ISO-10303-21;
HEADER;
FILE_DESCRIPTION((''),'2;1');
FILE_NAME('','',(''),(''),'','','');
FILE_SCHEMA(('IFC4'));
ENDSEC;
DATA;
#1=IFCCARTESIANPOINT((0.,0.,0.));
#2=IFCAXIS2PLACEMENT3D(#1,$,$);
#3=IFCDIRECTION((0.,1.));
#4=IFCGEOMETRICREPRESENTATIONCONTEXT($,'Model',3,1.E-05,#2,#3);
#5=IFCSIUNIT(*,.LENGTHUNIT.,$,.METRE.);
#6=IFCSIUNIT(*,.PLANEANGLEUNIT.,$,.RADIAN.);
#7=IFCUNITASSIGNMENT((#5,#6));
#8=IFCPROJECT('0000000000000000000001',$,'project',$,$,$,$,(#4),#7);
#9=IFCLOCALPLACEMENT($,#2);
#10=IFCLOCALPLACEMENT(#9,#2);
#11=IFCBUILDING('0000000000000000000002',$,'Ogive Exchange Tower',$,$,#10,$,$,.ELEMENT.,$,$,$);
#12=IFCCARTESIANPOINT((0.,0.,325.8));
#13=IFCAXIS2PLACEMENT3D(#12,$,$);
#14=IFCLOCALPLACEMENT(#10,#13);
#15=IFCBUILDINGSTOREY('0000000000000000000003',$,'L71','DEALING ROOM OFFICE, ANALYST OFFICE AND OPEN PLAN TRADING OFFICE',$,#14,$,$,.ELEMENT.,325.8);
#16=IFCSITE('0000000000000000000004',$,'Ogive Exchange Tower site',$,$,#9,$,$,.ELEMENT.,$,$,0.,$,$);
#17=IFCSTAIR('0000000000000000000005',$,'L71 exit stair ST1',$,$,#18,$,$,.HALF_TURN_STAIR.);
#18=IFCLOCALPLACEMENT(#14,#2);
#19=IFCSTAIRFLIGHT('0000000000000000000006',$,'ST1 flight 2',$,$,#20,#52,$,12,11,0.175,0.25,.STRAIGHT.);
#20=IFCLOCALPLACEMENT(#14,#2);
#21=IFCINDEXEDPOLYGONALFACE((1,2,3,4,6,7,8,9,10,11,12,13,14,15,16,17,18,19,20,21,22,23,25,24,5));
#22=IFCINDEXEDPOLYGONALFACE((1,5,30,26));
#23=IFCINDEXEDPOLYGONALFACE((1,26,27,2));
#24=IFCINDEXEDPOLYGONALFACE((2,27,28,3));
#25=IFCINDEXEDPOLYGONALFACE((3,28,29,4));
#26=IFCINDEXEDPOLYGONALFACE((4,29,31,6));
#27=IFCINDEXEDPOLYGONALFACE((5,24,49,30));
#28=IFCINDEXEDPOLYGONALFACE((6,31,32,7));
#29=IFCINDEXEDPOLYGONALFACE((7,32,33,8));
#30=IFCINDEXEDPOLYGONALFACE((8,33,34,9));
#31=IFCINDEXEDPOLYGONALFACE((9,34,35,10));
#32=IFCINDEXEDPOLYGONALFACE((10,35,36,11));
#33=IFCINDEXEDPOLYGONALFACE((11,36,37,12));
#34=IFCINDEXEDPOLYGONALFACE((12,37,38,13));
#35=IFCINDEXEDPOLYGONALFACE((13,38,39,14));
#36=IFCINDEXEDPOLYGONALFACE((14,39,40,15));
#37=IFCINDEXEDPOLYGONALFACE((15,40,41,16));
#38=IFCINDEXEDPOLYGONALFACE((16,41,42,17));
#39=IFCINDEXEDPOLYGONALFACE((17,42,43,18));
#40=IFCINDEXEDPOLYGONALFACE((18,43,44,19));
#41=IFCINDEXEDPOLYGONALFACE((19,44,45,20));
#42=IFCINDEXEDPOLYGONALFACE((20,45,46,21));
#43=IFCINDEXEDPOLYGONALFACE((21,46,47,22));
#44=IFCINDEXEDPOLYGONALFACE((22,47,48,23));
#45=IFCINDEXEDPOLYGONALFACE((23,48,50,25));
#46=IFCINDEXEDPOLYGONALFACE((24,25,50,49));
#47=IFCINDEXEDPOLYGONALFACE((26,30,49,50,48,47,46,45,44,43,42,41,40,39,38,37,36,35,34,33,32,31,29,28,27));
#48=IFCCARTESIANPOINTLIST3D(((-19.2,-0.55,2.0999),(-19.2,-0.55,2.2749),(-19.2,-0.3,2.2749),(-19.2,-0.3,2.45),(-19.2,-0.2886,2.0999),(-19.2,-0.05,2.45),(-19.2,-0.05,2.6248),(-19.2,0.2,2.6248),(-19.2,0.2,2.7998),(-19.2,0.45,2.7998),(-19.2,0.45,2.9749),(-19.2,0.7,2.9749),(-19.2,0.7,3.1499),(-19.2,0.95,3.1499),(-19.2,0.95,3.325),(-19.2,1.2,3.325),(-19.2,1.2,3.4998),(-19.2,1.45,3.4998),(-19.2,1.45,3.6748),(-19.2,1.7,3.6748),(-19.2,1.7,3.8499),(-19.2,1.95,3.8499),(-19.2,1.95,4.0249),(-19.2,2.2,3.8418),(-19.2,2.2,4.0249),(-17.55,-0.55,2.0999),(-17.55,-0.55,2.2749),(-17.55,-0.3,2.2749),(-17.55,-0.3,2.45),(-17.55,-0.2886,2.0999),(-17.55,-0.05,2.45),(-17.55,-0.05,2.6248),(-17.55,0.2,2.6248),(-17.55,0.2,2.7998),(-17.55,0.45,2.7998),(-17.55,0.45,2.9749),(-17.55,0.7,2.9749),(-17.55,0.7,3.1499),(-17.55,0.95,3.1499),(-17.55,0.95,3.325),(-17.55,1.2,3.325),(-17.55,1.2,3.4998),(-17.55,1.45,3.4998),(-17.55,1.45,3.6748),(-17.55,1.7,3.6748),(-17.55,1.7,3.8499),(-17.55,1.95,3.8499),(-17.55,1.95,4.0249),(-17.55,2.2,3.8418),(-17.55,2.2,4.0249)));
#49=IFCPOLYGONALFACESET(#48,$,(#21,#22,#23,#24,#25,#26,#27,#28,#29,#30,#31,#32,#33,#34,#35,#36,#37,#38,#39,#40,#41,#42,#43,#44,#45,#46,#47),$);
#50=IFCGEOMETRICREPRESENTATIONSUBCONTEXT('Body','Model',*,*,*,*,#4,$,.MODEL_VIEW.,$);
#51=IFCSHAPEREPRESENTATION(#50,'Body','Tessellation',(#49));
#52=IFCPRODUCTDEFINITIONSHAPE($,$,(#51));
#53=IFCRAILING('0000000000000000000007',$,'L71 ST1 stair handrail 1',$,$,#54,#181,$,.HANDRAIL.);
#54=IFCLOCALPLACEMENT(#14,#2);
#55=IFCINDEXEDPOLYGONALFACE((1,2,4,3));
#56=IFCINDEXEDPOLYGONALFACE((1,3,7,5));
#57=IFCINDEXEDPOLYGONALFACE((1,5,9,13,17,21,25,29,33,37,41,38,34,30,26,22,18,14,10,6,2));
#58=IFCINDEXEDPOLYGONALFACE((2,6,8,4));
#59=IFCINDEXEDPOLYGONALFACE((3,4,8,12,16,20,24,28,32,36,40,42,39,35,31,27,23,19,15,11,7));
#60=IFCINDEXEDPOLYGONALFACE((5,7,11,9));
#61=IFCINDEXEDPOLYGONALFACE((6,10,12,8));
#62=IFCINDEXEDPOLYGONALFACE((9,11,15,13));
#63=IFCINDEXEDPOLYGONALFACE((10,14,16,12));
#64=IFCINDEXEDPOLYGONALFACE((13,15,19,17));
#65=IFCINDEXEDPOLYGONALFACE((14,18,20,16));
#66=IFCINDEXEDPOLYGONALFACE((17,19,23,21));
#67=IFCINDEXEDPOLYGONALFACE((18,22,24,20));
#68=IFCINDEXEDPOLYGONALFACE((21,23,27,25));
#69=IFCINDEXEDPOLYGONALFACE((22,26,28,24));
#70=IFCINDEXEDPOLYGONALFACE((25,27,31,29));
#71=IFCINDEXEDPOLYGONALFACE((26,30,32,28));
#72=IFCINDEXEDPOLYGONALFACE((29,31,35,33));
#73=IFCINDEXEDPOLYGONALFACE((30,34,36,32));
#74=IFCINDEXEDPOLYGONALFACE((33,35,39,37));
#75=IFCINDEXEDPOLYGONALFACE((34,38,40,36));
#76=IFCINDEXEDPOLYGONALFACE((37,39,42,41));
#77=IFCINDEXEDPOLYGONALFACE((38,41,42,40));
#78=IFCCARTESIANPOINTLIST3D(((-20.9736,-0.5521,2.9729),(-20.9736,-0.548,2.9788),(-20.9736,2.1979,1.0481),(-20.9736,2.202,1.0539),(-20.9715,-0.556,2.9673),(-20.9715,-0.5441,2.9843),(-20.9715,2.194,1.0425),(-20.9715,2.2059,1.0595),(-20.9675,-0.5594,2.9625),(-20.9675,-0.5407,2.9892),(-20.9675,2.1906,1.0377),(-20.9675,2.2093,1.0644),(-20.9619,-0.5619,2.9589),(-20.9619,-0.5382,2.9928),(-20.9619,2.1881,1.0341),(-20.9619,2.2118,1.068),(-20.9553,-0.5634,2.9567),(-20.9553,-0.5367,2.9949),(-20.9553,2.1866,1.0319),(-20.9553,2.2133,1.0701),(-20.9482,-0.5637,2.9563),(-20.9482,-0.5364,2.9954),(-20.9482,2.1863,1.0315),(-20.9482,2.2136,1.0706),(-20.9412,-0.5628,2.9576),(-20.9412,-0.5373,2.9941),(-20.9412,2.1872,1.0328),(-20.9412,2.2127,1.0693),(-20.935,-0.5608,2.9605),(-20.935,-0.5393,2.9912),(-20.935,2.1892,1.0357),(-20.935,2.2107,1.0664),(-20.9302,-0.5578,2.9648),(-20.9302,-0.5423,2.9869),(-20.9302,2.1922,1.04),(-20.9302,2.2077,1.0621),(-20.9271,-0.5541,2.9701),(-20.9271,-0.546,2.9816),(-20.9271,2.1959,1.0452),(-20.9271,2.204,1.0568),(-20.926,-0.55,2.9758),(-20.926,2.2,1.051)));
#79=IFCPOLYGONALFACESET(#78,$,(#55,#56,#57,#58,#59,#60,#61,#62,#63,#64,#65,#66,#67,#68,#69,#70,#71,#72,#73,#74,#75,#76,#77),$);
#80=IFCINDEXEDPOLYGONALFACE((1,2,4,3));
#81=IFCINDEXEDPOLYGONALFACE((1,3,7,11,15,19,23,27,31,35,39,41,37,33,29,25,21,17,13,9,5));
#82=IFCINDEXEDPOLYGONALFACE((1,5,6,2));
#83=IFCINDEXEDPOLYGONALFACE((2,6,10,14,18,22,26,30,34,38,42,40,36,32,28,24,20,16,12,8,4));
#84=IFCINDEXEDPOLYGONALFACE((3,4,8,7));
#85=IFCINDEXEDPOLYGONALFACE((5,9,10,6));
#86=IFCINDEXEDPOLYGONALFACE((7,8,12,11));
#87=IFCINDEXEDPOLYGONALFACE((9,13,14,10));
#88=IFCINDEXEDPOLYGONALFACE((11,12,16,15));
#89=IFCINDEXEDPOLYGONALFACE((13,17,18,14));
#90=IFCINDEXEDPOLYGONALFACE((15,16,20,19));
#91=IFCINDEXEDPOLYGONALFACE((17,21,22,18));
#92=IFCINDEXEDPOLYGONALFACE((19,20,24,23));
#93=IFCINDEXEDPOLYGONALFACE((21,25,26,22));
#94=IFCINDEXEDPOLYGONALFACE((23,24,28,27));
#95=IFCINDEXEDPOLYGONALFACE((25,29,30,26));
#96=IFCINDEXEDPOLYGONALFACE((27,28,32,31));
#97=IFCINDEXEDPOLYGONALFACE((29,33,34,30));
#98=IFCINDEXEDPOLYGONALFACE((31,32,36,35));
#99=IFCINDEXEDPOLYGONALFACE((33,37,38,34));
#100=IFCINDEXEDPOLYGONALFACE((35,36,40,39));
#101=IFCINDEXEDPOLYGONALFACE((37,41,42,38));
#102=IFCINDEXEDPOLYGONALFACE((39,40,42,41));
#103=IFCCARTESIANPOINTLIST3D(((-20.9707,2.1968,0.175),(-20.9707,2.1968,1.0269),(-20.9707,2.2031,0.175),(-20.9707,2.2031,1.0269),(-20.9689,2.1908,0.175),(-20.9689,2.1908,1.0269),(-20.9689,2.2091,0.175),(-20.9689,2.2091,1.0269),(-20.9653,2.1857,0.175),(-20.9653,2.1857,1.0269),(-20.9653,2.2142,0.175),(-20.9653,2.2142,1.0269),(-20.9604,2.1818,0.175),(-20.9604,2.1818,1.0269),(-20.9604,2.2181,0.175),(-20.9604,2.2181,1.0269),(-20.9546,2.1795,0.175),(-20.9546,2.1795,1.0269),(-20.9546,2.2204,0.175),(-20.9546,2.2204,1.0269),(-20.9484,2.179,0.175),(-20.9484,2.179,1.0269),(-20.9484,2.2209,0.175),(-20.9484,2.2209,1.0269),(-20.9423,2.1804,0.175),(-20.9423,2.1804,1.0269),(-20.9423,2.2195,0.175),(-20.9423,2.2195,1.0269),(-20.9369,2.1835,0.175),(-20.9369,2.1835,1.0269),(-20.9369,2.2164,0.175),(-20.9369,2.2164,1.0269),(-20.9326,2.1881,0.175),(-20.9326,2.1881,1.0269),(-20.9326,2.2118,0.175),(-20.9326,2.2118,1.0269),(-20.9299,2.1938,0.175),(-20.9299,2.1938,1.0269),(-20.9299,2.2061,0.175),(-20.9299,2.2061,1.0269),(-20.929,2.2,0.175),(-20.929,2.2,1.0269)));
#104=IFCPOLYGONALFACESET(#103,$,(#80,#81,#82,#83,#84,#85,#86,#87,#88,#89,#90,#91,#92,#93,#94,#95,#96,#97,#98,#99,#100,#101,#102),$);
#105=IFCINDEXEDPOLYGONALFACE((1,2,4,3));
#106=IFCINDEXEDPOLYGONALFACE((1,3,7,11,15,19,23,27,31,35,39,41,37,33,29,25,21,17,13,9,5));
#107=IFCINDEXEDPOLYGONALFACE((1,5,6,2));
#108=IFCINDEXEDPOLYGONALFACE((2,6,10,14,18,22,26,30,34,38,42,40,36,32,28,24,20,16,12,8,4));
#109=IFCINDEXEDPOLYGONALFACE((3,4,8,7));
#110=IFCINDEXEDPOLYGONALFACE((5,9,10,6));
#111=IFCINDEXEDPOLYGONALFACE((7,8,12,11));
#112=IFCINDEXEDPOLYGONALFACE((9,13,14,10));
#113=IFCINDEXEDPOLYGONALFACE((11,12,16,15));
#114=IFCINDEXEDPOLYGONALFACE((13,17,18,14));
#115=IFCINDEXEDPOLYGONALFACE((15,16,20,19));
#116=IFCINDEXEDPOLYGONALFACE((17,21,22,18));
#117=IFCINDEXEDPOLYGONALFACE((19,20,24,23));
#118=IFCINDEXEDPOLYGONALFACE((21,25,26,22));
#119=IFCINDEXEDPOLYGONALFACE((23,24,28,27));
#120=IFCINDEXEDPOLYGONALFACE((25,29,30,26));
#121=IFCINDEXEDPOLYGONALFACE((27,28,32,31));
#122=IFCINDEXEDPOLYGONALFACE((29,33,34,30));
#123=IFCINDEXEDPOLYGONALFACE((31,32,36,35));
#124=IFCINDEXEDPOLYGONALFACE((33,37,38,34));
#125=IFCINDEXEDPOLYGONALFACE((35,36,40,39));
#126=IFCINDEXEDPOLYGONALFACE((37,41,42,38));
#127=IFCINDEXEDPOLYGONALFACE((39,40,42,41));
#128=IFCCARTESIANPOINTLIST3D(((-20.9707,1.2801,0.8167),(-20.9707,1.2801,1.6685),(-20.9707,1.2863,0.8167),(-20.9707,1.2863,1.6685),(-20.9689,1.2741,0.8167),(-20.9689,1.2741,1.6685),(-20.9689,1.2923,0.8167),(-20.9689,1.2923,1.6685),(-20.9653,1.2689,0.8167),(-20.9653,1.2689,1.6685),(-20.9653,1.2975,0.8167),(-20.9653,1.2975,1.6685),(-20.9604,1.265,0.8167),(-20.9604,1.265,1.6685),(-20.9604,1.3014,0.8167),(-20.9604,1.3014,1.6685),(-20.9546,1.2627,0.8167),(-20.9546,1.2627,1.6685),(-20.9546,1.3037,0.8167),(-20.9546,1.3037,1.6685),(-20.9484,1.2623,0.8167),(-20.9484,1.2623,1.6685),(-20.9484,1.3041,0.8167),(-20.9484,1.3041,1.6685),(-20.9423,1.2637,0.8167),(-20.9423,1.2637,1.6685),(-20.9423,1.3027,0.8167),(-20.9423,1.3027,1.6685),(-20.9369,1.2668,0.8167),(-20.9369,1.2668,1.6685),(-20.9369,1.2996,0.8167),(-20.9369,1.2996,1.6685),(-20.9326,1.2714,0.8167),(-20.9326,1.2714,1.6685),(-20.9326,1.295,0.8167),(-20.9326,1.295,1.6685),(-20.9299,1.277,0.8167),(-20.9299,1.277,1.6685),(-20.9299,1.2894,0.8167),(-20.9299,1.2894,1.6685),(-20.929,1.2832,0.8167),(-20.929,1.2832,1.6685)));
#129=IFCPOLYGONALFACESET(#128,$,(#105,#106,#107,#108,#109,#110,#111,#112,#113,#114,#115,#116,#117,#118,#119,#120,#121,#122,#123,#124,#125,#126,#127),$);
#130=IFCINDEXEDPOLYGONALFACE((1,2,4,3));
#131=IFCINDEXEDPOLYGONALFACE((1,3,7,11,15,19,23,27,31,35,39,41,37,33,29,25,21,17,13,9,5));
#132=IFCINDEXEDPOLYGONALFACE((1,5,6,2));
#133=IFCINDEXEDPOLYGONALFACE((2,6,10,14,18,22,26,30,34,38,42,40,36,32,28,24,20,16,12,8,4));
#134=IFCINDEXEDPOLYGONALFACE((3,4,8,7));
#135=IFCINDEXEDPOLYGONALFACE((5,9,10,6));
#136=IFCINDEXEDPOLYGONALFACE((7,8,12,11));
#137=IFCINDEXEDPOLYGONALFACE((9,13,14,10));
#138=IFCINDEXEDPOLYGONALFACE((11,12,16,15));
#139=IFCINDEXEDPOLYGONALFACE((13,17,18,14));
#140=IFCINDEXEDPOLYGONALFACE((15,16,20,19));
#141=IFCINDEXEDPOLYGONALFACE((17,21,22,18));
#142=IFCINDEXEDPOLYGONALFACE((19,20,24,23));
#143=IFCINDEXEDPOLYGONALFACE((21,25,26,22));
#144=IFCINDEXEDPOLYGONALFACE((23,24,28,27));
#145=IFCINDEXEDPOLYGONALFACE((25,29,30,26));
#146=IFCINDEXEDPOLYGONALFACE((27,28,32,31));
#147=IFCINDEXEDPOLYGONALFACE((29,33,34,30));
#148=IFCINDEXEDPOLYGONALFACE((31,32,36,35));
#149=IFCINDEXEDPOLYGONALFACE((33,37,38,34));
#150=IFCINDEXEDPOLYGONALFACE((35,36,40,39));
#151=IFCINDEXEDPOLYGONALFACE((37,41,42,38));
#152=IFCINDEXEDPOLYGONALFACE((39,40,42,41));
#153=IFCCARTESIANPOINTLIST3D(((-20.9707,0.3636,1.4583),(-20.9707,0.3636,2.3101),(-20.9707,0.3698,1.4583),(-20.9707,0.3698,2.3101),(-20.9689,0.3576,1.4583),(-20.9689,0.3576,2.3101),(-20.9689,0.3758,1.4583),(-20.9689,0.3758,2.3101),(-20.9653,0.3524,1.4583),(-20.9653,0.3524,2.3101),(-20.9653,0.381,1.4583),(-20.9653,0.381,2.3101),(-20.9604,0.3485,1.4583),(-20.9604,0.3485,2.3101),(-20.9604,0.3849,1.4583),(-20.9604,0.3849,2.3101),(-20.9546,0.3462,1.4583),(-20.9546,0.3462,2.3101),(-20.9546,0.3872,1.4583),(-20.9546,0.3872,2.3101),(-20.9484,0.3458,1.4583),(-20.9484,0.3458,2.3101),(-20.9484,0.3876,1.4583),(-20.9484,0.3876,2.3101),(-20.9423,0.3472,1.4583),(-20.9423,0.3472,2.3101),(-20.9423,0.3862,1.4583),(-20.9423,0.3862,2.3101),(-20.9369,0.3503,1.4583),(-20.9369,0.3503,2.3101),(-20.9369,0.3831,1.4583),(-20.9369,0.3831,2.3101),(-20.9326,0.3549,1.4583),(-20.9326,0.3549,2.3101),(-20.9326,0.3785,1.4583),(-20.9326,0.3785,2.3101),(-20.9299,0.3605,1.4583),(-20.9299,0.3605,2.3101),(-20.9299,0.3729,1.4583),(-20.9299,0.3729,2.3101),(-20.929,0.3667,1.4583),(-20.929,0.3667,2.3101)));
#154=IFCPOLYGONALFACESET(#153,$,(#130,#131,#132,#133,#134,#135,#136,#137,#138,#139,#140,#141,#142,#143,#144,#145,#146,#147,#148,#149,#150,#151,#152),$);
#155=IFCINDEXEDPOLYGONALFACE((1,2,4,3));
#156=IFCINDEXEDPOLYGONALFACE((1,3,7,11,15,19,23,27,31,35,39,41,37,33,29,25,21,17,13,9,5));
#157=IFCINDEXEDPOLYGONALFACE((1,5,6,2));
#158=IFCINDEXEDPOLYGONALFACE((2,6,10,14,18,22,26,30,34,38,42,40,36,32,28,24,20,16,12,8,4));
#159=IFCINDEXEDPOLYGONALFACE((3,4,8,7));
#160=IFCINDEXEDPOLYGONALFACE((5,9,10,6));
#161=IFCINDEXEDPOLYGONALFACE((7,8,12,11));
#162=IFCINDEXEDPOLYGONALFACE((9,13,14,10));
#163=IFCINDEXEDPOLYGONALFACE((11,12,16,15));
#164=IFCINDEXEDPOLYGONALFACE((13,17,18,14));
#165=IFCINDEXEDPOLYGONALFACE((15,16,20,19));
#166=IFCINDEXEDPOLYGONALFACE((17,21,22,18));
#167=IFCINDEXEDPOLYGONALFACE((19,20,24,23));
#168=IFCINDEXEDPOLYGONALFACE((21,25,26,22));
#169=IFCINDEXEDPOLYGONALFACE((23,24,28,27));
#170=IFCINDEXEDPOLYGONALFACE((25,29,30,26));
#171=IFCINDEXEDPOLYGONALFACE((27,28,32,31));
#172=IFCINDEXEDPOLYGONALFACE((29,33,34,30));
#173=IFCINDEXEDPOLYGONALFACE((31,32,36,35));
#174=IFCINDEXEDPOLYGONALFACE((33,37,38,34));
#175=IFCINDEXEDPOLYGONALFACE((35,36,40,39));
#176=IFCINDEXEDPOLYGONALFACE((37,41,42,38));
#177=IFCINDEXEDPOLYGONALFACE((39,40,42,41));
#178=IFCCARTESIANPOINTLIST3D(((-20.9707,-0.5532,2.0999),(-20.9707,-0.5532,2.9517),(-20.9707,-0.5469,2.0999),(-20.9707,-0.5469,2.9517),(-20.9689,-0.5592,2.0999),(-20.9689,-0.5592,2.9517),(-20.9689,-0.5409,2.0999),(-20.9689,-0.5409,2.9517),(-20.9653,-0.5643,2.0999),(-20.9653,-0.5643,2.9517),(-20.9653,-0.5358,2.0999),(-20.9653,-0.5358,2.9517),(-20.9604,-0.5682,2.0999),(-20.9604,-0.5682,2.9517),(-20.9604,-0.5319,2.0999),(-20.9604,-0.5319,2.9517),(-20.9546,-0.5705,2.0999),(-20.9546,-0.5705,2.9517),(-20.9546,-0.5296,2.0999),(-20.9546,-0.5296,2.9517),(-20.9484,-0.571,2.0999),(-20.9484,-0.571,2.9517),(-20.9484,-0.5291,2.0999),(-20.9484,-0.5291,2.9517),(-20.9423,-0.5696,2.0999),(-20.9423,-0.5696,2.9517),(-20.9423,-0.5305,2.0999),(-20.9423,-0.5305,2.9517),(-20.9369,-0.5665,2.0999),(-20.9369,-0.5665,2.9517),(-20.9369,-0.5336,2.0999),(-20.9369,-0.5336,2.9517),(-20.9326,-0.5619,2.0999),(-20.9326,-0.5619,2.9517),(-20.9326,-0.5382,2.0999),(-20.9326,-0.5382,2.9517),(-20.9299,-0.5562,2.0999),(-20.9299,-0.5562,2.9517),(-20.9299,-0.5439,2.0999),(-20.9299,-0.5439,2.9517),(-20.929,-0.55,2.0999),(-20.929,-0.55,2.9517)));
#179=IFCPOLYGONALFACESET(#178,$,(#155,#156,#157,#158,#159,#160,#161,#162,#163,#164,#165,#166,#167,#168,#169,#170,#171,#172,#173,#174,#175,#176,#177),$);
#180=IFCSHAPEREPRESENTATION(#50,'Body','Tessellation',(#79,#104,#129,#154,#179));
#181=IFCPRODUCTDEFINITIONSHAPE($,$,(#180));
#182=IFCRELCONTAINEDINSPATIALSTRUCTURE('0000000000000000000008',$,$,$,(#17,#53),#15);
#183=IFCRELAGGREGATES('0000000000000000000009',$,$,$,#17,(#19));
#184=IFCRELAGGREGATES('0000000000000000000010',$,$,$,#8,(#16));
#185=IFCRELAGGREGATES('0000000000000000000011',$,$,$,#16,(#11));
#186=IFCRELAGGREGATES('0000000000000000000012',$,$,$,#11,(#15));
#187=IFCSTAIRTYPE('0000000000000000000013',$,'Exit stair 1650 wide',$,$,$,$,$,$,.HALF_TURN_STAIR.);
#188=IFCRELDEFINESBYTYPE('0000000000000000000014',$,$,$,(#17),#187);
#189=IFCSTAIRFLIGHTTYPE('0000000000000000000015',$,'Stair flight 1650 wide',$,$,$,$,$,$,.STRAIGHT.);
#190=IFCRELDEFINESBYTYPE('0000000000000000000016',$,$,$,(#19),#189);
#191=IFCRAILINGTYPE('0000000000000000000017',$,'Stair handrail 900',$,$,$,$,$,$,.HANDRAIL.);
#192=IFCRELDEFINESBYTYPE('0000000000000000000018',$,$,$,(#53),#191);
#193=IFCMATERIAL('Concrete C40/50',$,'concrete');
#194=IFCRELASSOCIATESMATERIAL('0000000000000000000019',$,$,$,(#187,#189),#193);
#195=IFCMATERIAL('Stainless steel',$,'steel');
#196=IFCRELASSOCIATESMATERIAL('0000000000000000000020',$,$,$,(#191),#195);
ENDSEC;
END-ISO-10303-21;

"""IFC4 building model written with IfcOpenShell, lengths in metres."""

from ifc_helpers import new_model, si_unit, direction, frame, origin, origin_2d, place, context, subcontext, project, spatial, polyline, circle, outline, extrude, material, type_object, element, aggregate, save


model = new_model("IFC4")

# Units and contexts
model_context = context("Model", 3, precision=1e-05, world=origin(), true_north=direction((0.0, 1.0)))
body_context = subcontext(model_context, "Body", "Model", "MODEL_VIEW")
ifc_project = project(units=[si_unit("LENGTHUNIT", "METRE"), si_unit("PLANEANGLEUNIT", "RADIAN")], contexts=[model_context])

# Site, building, storey
site_placement = place(None, origin())
site = spatial("IfcSite", under=ifc_project, at=site_placement, Name="Ogive Exchange Tower site", CompositionType="ELEMENT", RefElevation=0.0)
building_placement = place(site_placement, origin())
building = spatial("IfcBuilding", under=site, at=building_placement, Name="Ogive Exchange Tower", CompositionType="ELEMENT")
storey_placement = place(building_placement, frame((0.0, 0.0, 325.8)))
storey = spatial("IfcBuildingStorey", under=building, at=storey_placement, Name="L71", Description="DEALING ROOM OFFICE, ANALYST OFFICE AND OPEN PLAN TRADING OFFICE", CompositionType="ELEMENT", Elevation=325.8)

# Shared definitions
ifc_material_1 = material(Name="Stainless steel", Category="steel")

# Stair, stair flight
ifc_material_2 = material(Name="Concrete C40/50", Category="concrete")
stair_type = type_object("IfcStairType", Name="Exit stair 1650 wide", PredefinedType="HALF_TURN_STAIR", material=ifc_material_2)
stair_placement = place(storey_placement, origin())
stair = element("IfcStair", 1, at=stair_placement, inside=storey, type_object=stair_type, Name="L71 exit stair ST1", PredefinedType="HALF_TURN_STAIR")
stair_flight_type = type_object("IfcStairFlightType", Name="Stair flight 1650 wide", PredefinedType="STRAIGHT", material=ifc_material_2)
stair_flight_1_placement = place(storey_placement, frame((-18.375, -0.55, 2.0999), z_axis=(0.0, 0.0, 1.0), x_axis=(0.0, 1.0, 0.0)))
stair_flight_1 = element("IfcStairFlight", 2, at=stair_flight_1_placement, type_object=stair_flight_type, Name="ST1 flight 2", NumberOfRisers=12, NumberOfTreads=11, PredefinedType="STRAIGHT", RiserHeight=0.175, TreadLength=0.25, context=body_context, shape_type="SweptSolid", body=[
    extrude(outline(polyline([(0.0, 0.0), (0.0, 0.175), (0.25, 0.175), (0.25, 0.3501), (0.5, 0.3501), (0.5, 0.5249), (0.75, 0.5249), (0.75, 0.7), (1.0, 0.7), (1.0, 0.875), (1.25, 0.875), (1.25, 1.05), (1.5, 1.05), (1.5, 1.2251), (1.75, 1.2251), (1.75, 1.3999), (2.0, 1.3999), (2.0, 1.575), (2.25, 1.575), (2.25, 1.75), (2.5, 1.75), (2.5, 1.925), (2.75, 1.925), (2.75, 2.1001), (2.75, 1.7419), (0.2615, 0.0), (0.0, 0.0)])), frame((0.0, 0.825, 0.0), z_axis=(0.0, -1.0, 0.0), x_axis=(1.0, 0.0, 0.0)), (0.0, 0.0, 1.0), 1.6499),
])
aggregate(stair, [stair_flight_1])

# Railing
railing_type = type_object("IfcRailingType", Name="Stair handrail 900", PredefinedType="HANDRAIL", material=ifc_material_1)
railing_placement = place(storey_placement, frame((-20.95, 2.2, 0.175)))
element("IfcRailing", 3, at=railing_placement, inside=storey, type_object=railing_type, Name="L71 ST1 stair handrail 1", PredefinedType="HANDRAIL", context=body_context, shape_type="SweptSolid", body=[
    extrude(circle(Radius=0.0239, at=origin_2d()), frame((0.0, 0.0, 0.876), z_axis=(0.0, -0.819259, 0.573423), x_axis=(1.0, 0.0, 0.0)), (0.0, 0.0, 1.0), 3.3567),
    extrude(circle(Radius=0.021, at=origin_2d()), origin(), (0.0, 0.0, 1.0), 0.8518),
    extrude(circle(Radius=0.021, at=origin_2d()), frame((0.0, -0.9167, 0.6416)), (0.0, 0.0, 1.0), 0.8518),
    extrude(circle(Radius=0.021, at=origin_2d()), frame((0.0, -1.8333, 1.2832)), (0.0, 0.0, 1.0), 0.8518),
    extrude(circle(Radius=0.021, at=origin_2d()), frame((0.0, -2.75, 1.9248)), (0.0, 0.0, 1.0), 0.8518),
])

save(model, "model.ifc")
